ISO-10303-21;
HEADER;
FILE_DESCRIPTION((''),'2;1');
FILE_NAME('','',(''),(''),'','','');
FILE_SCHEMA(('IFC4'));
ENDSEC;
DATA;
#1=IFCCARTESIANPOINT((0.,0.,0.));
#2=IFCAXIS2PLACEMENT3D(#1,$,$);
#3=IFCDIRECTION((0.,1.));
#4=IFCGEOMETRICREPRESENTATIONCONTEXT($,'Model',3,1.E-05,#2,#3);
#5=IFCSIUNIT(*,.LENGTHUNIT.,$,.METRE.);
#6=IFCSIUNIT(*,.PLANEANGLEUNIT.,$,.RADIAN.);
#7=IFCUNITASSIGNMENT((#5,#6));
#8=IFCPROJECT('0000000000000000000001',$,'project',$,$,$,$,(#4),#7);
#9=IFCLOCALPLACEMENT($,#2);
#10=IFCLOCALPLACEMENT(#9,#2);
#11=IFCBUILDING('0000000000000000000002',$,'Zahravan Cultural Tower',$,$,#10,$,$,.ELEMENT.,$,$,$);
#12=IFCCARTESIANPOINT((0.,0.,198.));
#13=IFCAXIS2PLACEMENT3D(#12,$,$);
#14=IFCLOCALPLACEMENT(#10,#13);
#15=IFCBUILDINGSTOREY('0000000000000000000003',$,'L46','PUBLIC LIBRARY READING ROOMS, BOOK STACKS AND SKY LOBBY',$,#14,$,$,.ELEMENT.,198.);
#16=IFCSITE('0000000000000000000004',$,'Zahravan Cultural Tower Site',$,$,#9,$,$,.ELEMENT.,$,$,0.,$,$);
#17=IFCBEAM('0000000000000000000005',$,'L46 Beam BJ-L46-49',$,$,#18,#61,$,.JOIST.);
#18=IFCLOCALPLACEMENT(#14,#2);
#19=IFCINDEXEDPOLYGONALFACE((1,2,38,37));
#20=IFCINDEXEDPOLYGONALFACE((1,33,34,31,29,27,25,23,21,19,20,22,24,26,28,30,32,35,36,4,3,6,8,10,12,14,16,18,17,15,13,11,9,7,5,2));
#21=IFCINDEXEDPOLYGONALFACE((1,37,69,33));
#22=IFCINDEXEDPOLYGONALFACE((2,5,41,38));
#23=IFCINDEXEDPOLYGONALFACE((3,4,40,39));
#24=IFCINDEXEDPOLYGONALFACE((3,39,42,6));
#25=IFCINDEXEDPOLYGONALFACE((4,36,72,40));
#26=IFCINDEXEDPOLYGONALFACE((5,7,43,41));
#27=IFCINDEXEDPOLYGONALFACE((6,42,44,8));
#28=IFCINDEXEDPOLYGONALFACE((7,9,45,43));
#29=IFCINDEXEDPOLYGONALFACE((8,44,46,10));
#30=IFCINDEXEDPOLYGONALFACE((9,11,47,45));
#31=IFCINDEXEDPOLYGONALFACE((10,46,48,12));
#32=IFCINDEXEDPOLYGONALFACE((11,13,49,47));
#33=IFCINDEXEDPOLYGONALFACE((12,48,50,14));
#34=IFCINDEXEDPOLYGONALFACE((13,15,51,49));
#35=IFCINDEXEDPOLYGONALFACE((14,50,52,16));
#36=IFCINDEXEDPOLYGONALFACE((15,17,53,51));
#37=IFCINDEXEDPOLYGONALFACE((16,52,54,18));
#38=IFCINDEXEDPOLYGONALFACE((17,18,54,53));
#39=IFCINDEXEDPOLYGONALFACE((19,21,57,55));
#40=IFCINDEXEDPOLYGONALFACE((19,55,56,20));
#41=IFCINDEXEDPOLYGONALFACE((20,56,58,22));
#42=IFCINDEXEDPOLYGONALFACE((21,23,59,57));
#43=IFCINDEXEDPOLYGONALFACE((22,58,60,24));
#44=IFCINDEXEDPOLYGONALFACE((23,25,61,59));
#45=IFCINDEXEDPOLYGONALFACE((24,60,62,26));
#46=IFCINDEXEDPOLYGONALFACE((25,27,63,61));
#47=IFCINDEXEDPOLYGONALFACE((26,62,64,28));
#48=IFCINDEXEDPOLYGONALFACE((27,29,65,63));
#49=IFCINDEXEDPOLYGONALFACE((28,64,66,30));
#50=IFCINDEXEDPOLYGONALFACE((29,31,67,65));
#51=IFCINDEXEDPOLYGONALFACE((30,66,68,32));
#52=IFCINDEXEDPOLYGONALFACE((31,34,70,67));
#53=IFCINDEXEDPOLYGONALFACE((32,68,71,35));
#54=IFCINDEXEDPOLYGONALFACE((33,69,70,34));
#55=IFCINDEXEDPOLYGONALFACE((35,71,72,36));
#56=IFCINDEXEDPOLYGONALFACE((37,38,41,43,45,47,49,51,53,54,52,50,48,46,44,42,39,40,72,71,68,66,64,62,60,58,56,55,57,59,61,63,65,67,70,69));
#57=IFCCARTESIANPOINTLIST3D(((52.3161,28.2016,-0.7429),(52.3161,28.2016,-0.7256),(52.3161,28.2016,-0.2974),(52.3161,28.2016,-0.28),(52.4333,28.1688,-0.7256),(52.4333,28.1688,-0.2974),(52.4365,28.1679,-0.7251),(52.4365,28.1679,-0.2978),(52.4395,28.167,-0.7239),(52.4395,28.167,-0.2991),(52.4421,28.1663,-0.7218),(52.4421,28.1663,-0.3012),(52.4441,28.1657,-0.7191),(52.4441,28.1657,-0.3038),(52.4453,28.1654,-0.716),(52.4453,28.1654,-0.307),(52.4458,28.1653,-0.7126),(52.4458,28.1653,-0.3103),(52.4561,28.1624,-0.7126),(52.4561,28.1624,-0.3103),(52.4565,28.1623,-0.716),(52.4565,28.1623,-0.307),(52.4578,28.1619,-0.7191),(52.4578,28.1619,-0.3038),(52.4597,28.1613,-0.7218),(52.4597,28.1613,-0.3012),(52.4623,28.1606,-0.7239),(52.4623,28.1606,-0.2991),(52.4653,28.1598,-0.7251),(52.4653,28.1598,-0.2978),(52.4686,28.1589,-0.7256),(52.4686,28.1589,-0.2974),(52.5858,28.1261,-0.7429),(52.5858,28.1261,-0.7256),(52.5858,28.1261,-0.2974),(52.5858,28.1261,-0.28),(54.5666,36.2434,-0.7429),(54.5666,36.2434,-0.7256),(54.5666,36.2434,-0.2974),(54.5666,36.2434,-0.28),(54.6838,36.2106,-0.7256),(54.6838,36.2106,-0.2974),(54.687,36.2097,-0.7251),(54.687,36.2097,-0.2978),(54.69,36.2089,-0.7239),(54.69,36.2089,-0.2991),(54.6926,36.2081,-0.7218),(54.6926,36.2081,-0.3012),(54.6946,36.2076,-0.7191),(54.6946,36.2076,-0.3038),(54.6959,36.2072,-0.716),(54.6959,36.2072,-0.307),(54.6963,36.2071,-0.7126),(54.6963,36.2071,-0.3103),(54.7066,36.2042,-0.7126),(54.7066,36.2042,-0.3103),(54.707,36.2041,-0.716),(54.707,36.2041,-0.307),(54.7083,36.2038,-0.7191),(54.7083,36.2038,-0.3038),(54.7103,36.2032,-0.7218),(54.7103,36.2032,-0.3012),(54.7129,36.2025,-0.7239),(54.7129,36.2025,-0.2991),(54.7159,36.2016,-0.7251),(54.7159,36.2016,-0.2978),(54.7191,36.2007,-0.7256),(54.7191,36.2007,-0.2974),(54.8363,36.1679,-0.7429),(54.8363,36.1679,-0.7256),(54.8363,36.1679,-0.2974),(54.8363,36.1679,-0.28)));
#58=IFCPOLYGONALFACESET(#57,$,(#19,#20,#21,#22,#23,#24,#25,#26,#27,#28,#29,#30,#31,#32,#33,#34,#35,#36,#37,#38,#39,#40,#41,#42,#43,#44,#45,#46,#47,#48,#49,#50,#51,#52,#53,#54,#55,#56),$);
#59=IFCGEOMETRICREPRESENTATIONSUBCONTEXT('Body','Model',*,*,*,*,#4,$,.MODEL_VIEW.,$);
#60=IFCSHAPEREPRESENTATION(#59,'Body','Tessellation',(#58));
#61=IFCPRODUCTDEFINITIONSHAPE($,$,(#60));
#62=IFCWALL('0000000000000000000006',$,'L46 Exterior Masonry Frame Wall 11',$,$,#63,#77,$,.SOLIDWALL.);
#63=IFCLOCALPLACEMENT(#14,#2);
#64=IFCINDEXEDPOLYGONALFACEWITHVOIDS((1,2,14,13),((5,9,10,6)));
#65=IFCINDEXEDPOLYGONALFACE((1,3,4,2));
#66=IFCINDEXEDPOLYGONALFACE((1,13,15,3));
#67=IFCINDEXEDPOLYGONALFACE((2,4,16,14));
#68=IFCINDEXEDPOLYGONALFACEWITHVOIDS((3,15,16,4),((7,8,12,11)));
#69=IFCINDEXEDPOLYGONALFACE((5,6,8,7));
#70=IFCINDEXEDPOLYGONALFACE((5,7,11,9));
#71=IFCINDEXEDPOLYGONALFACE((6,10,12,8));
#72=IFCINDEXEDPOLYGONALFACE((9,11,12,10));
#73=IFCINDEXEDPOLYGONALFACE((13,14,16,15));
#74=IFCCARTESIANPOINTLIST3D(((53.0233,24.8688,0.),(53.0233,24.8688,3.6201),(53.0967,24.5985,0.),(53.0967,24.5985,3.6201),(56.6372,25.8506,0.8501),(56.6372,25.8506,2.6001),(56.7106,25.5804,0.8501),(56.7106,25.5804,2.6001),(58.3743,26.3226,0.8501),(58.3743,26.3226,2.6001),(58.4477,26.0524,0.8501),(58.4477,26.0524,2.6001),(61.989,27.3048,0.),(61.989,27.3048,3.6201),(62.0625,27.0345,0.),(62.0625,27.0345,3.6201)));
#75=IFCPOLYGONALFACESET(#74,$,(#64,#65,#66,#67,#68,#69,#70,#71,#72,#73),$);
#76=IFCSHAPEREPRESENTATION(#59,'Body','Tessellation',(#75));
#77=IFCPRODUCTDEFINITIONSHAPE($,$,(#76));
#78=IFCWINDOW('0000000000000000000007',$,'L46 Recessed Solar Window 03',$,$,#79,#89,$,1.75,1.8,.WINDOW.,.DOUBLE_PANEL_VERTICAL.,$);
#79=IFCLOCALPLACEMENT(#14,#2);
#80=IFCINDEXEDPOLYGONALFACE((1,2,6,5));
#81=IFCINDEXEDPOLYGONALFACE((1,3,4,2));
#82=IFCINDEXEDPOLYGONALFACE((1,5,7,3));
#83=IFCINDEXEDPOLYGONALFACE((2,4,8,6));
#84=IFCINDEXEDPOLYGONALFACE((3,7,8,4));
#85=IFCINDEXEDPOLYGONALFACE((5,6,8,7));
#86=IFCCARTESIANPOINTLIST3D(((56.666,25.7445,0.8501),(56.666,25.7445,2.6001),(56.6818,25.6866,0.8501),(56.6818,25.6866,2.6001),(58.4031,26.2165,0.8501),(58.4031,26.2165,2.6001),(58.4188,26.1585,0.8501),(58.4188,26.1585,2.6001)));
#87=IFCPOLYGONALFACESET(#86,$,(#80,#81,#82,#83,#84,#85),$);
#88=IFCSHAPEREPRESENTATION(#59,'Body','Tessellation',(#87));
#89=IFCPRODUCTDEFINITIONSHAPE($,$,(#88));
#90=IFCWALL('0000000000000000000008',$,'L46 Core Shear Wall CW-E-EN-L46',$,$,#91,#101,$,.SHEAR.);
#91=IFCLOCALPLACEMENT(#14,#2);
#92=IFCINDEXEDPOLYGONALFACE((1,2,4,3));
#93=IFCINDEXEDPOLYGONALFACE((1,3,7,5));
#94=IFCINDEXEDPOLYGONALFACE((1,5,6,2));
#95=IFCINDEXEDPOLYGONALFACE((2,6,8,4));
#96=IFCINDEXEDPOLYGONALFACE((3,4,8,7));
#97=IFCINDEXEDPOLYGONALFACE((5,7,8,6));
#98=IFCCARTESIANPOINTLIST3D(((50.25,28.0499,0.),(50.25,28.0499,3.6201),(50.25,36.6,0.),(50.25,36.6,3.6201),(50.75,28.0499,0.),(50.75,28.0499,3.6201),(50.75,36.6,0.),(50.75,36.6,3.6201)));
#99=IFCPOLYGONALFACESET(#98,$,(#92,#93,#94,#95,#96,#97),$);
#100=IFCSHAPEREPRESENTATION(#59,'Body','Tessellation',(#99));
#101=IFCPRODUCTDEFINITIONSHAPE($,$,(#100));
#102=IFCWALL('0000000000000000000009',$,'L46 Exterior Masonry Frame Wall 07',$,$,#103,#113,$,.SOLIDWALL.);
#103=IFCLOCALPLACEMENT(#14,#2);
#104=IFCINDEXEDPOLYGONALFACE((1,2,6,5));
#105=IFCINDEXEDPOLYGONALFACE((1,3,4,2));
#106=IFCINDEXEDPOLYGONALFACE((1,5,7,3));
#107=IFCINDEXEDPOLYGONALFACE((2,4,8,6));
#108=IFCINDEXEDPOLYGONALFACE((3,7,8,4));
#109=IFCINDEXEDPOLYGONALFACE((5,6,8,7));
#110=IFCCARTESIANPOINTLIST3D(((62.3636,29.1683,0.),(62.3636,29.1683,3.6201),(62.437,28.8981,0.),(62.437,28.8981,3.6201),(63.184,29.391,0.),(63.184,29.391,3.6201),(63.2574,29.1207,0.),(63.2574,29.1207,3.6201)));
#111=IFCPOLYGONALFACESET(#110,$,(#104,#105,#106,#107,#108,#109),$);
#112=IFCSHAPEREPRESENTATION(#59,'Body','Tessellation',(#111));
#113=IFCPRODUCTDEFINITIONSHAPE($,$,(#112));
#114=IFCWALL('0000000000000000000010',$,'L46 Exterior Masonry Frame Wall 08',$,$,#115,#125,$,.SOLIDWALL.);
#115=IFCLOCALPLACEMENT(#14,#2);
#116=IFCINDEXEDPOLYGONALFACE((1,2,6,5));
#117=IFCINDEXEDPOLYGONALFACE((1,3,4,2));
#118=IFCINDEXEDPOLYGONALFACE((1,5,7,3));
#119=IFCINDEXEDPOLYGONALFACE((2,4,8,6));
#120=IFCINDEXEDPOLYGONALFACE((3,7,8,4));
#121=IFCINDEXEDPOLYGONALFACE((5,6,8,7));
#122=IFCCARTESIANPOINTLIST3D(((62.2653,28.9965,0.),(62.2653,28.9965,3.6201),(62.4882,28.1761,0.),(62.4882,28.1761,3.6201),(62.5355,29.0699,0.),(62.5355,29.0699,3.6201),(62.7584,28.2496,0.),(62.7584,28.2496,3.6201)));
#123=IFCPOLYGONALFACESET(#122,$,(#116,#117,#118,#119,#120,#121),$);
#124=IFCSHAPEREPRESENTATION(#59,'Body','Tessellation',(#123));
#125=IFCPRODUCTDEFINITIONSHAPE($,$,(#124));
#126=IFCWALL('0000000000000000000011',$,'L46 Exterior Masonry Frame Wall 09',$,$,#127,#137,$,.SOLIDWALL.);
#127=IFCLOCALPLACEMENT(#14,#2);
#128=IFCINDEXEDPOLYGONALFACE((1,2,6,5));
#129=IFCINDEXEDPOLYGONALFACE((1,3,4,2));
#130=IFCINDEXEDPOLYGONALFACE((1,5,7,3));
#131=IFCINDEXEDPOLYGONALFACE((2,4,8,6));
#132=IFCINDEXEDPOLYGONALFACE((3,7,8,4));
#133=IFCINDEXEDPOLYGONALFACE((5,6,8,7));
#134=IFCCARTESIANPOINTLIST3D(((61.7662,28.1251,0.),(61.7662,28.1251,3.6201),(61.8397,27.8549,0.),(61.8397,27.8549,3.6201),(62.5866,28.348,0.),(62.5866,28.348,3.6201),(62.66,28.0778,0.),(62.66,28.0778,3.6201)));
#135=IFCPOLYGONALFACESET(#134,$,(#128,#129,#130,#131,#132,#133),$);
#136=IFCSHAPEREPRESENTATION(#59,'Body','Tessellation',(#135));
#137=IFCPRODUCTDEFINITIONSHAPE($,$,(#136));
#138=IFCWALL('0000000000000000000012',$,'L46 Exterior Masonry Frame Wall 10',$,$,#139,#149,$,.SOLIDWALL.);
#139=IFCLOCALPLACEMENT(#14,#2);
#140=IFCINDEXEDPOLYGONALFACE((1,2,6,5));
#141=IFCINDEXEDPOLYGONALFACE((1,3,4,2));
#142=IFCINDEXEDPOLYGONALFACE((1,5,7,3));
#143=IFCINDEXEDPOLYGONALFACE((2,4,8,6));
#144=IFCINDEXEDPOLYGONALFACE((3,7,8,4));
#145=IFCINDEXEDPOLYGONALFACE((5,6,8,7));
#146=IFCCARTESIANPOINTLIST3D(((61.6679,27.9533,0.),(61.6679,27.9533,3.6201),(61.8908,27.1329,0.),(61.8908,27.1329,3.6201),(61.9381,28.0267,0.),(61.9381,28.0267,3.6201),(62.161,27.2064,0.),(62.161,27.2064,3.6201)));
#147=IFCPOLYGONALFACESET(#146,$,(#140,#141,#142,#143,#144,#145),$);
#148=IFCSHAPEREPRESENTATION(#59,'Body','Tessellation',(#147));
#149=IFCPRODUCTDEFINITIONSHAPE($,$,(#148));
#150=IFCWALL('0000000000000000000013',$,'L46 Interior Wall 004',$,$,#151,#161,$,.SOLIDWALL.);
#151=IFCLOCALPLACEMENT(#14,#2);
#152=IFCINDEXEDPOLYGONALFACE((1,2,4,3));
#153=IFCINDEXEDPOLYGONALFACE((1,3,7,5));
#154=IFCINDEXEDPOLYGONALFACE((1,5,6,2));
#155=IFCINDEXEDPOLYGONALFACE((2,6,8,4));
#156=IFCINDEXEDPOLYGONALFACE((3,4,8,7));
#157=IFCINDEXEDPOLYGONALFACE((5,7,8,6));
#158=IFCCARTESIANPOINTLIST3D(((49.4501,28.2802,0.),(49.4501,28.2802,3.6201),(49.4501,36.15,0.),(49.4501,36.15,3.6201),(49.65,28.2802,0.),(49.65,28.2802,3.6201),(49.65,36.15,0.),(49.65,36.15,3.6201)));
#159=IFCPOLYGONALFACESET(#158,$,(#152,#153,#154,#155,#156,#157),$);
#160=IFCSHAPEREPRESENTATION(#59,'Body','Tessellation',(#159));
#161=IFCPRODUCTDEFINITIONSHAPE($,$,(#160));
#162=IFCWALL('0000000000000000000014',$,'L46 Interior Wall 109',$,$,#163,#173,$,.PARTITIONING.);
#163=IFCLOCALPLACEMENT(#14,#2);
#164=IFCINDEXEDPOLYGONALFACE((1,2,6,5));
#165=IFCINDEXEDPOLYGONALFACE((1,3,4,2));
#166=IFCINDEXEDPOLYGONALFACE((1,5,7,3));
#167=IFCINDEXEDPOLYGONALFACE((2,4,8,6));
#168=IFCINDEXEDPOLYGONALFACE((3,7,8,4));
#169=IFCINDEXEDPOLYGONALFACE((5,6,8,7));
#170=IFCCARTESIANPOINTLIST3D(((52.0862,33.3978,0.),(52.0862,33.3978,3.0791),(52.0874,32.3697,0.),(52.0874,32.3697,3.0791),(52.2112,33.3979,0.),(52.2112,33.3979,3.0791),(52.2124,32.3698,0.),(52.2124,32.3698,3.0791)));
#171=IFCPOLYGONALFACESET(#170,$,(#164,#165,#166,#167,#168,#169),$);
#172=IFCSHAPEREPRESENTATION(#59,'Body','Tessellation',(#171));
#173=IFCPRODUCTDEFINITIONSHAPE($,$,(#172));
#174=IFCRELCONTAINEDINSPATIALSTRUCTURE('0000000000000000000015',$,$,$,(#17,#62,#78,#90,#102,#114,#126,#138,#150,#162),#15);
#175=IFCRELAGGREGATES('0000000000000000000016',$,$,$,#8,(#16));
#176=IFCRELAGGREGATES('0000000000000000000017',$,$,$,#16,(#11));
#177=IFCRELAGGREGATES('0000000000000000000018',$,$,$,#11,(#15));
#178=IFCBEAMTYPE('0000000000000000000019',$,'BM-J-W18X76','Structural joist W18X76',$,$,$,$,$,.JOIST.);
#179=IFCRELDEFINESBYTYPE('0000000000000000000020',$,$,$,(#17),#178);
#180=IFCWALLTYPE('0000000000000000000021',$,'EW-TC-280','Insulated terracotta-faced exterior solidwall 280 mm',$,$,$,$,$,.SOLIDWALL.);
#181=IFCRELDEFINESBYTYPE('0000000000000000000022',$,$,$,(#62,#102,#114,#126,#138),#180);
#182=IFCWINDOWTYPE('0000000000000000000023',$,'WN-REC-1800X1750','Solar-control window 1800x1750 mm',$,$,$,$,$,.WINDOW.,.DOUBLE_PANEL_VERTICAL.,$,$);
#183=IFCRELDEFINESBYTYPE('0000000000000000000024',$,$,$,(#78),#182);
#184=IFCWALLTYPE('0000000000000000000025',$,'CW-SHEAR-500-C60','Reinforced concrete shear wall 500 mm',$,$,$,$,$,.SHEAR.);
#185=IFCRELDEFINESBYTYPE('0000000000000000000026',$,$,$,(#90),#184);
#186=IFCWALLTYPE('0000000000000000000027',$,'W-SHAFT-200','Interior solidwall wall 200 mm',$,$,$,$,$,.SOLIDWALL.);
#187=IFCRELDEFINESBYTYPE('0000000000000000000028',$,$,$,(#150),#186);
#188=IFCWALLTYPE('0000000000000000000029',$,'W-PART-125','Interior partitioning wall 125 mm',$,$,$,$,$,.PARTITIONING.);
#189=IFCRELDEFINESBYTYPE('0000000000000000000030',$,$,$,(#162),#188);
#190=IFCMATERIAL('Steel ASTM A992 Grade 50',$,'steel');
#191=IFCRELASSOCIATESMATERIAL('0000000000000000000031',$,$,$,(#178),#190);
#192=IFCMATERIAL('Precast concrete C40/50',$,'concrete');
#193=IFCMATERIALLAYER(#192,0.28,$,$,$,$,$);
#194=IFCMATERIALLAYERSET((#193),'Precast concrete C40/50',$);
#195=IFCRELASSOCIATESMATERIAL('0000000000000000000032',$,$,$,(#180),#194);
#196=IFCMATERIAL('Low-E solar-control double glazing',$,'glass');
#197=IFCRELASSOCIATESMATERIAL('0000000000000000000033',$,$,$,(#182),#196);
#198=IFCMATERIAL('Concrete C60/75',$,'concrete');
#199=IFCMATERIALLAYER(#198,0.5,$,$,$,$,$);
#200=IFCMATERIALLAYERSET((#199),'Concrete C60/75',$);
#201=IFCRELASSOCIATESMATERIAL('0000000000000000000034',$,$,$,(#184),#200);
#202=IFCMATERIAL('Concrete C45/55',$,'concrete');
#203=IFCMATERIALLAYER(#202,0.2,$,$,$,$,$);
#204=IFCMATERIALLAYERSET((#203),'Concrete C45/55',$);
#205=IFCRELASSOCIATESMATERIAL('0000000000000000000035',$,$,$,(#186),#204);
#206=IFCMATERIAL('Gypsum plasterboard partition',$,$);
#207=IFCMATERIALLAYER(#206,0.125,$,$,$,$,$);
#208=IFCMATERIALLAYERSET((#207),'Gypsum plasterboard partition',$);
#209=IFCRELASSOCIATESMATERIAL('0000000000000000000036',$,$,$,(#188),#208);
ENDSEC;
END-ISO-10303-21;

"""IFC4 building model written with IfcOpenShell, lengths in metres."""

from ifc_helpers import new_model, si_unit, direction, frame, frame_2d, origin, origin_2d, place, context, subcontext, project, spatial, rectangle, i_section, extrude, source, transform, mapped, material, layer, layer_set, material_profile, profile_set, type_object, element, fill, save


model = new_model("IFC4")

# Units and contexts
model_context = context("Model", 3, precision=1e-05, world=origin(), true_north=direction((0.0, 1.0)))
body_context = subcontext(model_context, "Body", "Model", "MODEL_VIEW")
ifc_project = project(units=[si_unit("LENGTHUNIT", "METRE"), si_unit("PLANEANGLEUNIT", "RADIAN")], contexts=[model_context])

# Site, building, storey
site_placement = place(None, origin())
site = spatial("IfcSite", under=ifc_project, at=site_placement, Name="Zahravan Cultural Tower Site", CompositionType="ELEMENT", RefElevation=0.0)
building_placement = place(site_placement, origin())
building = spatial("IfcBuilding", under=site, at=building_placement, Name="Zahravan Cultural Tower", CompositionType="ELEMENT")
storey_placement = place(building_placement, frame((0.0, 0.0, 198.0)))
storey = spatial("IfcBuildingStorey", under=building, at=storey_placement, Name="L46", Description="PUBLIC LIBRARY READING ROOMS, BOOK STACKS AND SKY LOBBY", CompositionType="ELEMENT", Elevation=198.0)

# Shared definitions
ifc_material_1 = material(Name="Steel ASTM A992 Grade 50", Category="steel")

# Beam
ifc_material_profile_1 = material_profile(ifc_material_1, i_section(OverallWidth=0.28, OverallDepth=0.4629, WebThickness=0.0107, FlangeThickness=0.0173, FilletRadius=0.0129, at=origin_2d()), Name="W18X76")
ifc_profile_set_1 = profile_set([ifc_material_profile_1], Name="Steel ASTM A992 Grade 50")
beam_type_1 = type_object("IfcBeamType", Name="BM-J-W18X76", Description="Structural joist W18X76", PredefinedType="JOIST", material=ifc_profile_set_1)
shared_shape_1 = source(origin(), body_context, "Body", "SweptSolid", [
    extrude(i_section(OverallWidth=0.28, OverallDepth=0.4629, WebThickness=0.0107, FlangeThickness=0.0173, FilletRadius=0.0129, at=origin_2d()), origin(), (0.0, 0.0, 1.0), 8.3508),
])
beam_1_placement = place(storey_placement, frame((52.4509, 28.1638, -0.5115), z_axis=(0.269497, 0.963001, 0.0), x_axis=(-0.963001, 0.269497, 0.0)))
element("IfcBeam", 1, at=beam_1_placement, inside=storey, type_object=beam_type_1, Name="L46 Beam BJ-L46-49", PredefinedType="JOIST", context=body_context, shape_type="MappedRepresentation", body=[
    mapped(shared_shape_1, transform((0.0, 0.0, 0.0), x_axis=(1.0, 0.0, 0.0), y_axis=(0.0, 1.0, 0.0), z_axis=(0.0, 0.0, 1.0), scale=1.0)),
])

# Wall, opening, window
ifc_material_2 = material(Name="Precast concrete C40/50", Category="concrete")
ifc_layer_1 = layer(ifc_material_2, 0.28)
ifc_layer_set_1 = layer_set([ifc_layer_1], Name="Precast concrete C40/50")
wall_type_1 = type_object("IfcWallType", Name="EW-TC-280", Description="Insulated terracotta-faced exterior solidwall 280 mm", PredefinedType="SOLIDWALL", material=ifc_layer_set_1)
wall_1_placement = place(storey_placement, frame((62.0259, 27.1697, 0.0), z_axis=(0.0, 0.0, 1.0), x_axis=(-0.965014, -0.262197, 0.0)))
wall_1 = element("IfcWall", 2, at=wall_1_placement, inside=storey, type_object=wall_type_1, Name="L46 Exterior Masonry Frame Wall 11", PredefinedType="SOLIDWALL", context=body_context, shape_type="SweptSolid", body=[
    extrude(rectangle(XDim=9.2908, YDim=0.28, at=frame_2d((4.6455, 0.0))), origin(), (0.0, 0.0, 1.0), 3.6201),
])
opening_placement = place(wall_1_placement, frame((3.7461, 0.0, 0.8501)))
opening = element("IfcOpeningElement", 3, at=opening_placement, cuts=wall_1, PredefinedType="OPENING", context=body_context, shape_type="SweptSolid", body=[
    extrude(rectangle(XDim=1.8, YDim=1.75, at=frame_2d((0.8999, 0.875))), frame((0.0, 0.1499, 0.0), z_axis=(0.0, -1.0, 0.0), x_axis=(1.0, 0.0, 0.0)), (0.0, 0.0, 1.0), 0.3),
])
ifc_material_3 = material(Name="Low-E solar-control double glazing", Category="glass")
window_type = type_object("IfcWindowType", Name="WN-REC-1800X1750", Description="Solar-control window 1800x1750 mm", PartitioningType="DOUBLE_PANEL_VERTICAL", PredefinedType="WINDOW", material=ifc_material_3)
shared_shape_2 = source(origin(), body_context, "Body", "SweptSolid", [
    extrude(rectangle(XDim=1.8, YDim=1.75, at=frame_2d((0.8999, 0.875))), frame((0.0, 0.03, 0.0), z_axis=(0.0, -1.0, 0.0), x_axis=(1.0, 0.0, 0.0)), (0.0, 0.0, 1.0), 0.0601),
])
window_placement = place(opening_placement, origin())
window = element("IfcWindow", 4, at=window_placement, inside=storey, type_object=window_type, Name="L46 Recessed Solar Window 03", OverallHeight=1.75, OverallWidth=1.8, PartitioningType="DOUBLE_PANEL_VERTICAL", PredefinedType="WINDOW", context=body_context, shape_type="MappedRepresentation", body=[
    mapped(shared_shape_2, transform((0.0, 0.0, 0.0), x_axis=(1.0, 0.0, 0.0), y_axis=(0.0, 1.0, 0.0), z_axis=(0.0, 0.0, 1.0), scale=1.0)),
])
fill(opening, window)

# Walls
ifc_material_4 = material(Name="Concrete C60/75", Category="concrete")
ifc_layer_2 = layer(ifc_material_4, 0.5)
ifc_layer_set_2 = layer_set([ifc_layer_2], Name="Concrete C60/75")
wall_type_2 = type_object("IfcWallType", Name="CW-SHEAR-500-C60", Description="Reinforced concrete shear wall 500 mm", PredefinedType="SHEAR", material=ifc_layer_set_2)
shared_shape_3 = source(origin(), body_context, "Body", "SweptSolid", [
    extrude(rectangle(XDim=8.55, YDim=0.5, at=frame_2d((4.2749, 0.0))), origin(), (0.0, 0.0, 1.0), 3.6201),
])
wall_2_placement = place(storey_placement, frame((50.5, 28.05, 0.0), z_axis=(0.0, 0.0, 1.0), x_axis=(0.0, 1.0, 0.0)))
element("IfcWall", 5, at=wall_2_placement, inside=storey, type_object=wall_type_2, Name="L46 Core Shear Wall CW-E-EN-L46", PredefinedType="SHEAR", context=body_context, shape_type="MappedRepresentation", body=[
    mapped(shared_shape_3, transform((0.0, 0.0, 0.0), x_axis=(1.0, 0.0, 0.0), y_axis=(0.0, 1.0, 0.0), z_axis=(0.0, 0.0, 1.0), scale=1.0)),
])
shared_shape_4 = source(origin(), body_context, "Body", "SweptSolid", [
    extrude(rectangle(XDim=0.8501, YDim=0.28, at=frame_2d((0.425, 0.0))), origin(), (0.0, 0.0, 1.0), 3.6201),
])
for number, where, z_axis, x_axis, name in (
    (6, (63.2207, 29.2559, 0.0), (0.0, 0.0, 1.0), (-0.965081, -0.261951, 0.0), "L46 Exterior Masonry Frame Wall 07"),
    (7, (62.4004, 29.0332, 0.0), (0.0, 0.0, 1.0), (0.262218, -0.965009, 0.0), "L46 Exterior Masonry Frame Wall 08"),
    (8, (62.6233, 28.2129, 0.0), (0.0, 0.0, 1.0), (-0.965009, -0.262218, 0.0), "L46 Exterior Masonry Frame Wall 09"),
    (9, (61.803, 27.99, 0.0), (0.0, 0.0, 1.0), (0.262218, -0.965009, 0.0), "L46 Exterior Masonry Frame Wall 10"),
):
    element("IfcWall", number, at=place(storey_placement, frame(where, z_axis=z_axis, x_axis=x_axis)), inside=storey, type_object=wall_type_1, Name=name, PredefinedType="SOLIDWALL", context=body_context, shape_type="MappedRepresentation", body=[
        mapped(shared_shape_4, transform((0.0, 0.0, 0.0), x_axis=(1.0, 0.0, 0.0), y_axis=(0.0, 1.0, 0.0), z_axis=(0.0, 0.0, 1.0), scale=1.0)),
    ])
ifc_material_5 = material(Name="Concrete C45/55", Category="concrete")
ifc_layer_3 = layer(ifc_material_5, 0.2)
ifc_layer_set_3 = layer_set([ifc_layer_3], Name="Concrete C45/55")
wall_type_3 = type_object("IfcWallType", Name="W-SHAFT-200", Description="Interior solidwall wall 200 mm", PredefinedType="SOLIDWALL", material=ifc_layer_set_3)
shared_shape_5 = source(origin(), body_context, "Body", "SweptSolid", [
    extrude(rectangle(XDim=7.8699, YDim=0.2, at=frame_2d((3.9351, 0.0))), origin(), (0.0, 0.0, 1.0), 3.6201),
])
wall_3_placement = place(storey_placement, frame((49.55, 28.28, 0.0), z_axis=(0.0, 0.0, 1.0), x_axis=(0.0, 1.0, 0.0)))
element("IfcWall", 10, at=wall_3_placement, inside=storey, type_object=wall_type_3, Name="L46 Interior Wall 004", PredefinedType="SOLIDWALL", context=body_context, shape_type="MappedRepresentation", body=[
    mapped(shared_shape_5, transform((0.0, 0.0, 0.0), x_axis=(1.0, 0.0, 0.0), y_axis=(0.0, 1.0, 0.0), z_axis=(0.0, 0.0, 1.0), scale=1.0)),
])
ifc_material_6 = material(Name="Gypsum plasterboard partition")
ifc_layer_4 = layer(ifc_material_6, 0.125)
ifc_layer_set_4 = layer_set([ifc_layer_4], Name="Gypsum plasterboard partition")
wall_type_4 = type_object("IfcWallType", Name="W-PART-125", Description="Interior partitioning wall 125 mm", PredefinedType="PARTITIONING", material=ifc_layer_set_4)
shared_shape_6 = source(origin(), body_context, "Body", "SweptSolid", [
    extrude(rectangle(XDim=1.0281, YDim=0.125, at=frame_2d((0.5142, 0.0))), origin(), (0.0, 0.0, 1.0), 3.0791),
])
wall_4_placement = place(storey_placement, frame((52.1499, 32.3696, 0.0), z_axis=(0.0, 0.0, 1.0), x_axis=(-0.001187, 0.999999, 0.0)))
element("IfcWall", 11, at=wall_4_placement, inside=storey, type_object=wall_type_4, Name="L46 Interior Wall 109", PredefinedType="PARTITIONING", context=body_context, shape_type="MappedRepresentation", body=[
    mapped(shared_shape_6, transform((0.0, 0.0, 0.0), x_axis=(1.0, 0.0, 0.0), y_axis=(0.0, 1.0, 0.0), z_axis=(0.0, 0.0, 1.0), scale=1.0)),
])

save(model, "model.ifc")
